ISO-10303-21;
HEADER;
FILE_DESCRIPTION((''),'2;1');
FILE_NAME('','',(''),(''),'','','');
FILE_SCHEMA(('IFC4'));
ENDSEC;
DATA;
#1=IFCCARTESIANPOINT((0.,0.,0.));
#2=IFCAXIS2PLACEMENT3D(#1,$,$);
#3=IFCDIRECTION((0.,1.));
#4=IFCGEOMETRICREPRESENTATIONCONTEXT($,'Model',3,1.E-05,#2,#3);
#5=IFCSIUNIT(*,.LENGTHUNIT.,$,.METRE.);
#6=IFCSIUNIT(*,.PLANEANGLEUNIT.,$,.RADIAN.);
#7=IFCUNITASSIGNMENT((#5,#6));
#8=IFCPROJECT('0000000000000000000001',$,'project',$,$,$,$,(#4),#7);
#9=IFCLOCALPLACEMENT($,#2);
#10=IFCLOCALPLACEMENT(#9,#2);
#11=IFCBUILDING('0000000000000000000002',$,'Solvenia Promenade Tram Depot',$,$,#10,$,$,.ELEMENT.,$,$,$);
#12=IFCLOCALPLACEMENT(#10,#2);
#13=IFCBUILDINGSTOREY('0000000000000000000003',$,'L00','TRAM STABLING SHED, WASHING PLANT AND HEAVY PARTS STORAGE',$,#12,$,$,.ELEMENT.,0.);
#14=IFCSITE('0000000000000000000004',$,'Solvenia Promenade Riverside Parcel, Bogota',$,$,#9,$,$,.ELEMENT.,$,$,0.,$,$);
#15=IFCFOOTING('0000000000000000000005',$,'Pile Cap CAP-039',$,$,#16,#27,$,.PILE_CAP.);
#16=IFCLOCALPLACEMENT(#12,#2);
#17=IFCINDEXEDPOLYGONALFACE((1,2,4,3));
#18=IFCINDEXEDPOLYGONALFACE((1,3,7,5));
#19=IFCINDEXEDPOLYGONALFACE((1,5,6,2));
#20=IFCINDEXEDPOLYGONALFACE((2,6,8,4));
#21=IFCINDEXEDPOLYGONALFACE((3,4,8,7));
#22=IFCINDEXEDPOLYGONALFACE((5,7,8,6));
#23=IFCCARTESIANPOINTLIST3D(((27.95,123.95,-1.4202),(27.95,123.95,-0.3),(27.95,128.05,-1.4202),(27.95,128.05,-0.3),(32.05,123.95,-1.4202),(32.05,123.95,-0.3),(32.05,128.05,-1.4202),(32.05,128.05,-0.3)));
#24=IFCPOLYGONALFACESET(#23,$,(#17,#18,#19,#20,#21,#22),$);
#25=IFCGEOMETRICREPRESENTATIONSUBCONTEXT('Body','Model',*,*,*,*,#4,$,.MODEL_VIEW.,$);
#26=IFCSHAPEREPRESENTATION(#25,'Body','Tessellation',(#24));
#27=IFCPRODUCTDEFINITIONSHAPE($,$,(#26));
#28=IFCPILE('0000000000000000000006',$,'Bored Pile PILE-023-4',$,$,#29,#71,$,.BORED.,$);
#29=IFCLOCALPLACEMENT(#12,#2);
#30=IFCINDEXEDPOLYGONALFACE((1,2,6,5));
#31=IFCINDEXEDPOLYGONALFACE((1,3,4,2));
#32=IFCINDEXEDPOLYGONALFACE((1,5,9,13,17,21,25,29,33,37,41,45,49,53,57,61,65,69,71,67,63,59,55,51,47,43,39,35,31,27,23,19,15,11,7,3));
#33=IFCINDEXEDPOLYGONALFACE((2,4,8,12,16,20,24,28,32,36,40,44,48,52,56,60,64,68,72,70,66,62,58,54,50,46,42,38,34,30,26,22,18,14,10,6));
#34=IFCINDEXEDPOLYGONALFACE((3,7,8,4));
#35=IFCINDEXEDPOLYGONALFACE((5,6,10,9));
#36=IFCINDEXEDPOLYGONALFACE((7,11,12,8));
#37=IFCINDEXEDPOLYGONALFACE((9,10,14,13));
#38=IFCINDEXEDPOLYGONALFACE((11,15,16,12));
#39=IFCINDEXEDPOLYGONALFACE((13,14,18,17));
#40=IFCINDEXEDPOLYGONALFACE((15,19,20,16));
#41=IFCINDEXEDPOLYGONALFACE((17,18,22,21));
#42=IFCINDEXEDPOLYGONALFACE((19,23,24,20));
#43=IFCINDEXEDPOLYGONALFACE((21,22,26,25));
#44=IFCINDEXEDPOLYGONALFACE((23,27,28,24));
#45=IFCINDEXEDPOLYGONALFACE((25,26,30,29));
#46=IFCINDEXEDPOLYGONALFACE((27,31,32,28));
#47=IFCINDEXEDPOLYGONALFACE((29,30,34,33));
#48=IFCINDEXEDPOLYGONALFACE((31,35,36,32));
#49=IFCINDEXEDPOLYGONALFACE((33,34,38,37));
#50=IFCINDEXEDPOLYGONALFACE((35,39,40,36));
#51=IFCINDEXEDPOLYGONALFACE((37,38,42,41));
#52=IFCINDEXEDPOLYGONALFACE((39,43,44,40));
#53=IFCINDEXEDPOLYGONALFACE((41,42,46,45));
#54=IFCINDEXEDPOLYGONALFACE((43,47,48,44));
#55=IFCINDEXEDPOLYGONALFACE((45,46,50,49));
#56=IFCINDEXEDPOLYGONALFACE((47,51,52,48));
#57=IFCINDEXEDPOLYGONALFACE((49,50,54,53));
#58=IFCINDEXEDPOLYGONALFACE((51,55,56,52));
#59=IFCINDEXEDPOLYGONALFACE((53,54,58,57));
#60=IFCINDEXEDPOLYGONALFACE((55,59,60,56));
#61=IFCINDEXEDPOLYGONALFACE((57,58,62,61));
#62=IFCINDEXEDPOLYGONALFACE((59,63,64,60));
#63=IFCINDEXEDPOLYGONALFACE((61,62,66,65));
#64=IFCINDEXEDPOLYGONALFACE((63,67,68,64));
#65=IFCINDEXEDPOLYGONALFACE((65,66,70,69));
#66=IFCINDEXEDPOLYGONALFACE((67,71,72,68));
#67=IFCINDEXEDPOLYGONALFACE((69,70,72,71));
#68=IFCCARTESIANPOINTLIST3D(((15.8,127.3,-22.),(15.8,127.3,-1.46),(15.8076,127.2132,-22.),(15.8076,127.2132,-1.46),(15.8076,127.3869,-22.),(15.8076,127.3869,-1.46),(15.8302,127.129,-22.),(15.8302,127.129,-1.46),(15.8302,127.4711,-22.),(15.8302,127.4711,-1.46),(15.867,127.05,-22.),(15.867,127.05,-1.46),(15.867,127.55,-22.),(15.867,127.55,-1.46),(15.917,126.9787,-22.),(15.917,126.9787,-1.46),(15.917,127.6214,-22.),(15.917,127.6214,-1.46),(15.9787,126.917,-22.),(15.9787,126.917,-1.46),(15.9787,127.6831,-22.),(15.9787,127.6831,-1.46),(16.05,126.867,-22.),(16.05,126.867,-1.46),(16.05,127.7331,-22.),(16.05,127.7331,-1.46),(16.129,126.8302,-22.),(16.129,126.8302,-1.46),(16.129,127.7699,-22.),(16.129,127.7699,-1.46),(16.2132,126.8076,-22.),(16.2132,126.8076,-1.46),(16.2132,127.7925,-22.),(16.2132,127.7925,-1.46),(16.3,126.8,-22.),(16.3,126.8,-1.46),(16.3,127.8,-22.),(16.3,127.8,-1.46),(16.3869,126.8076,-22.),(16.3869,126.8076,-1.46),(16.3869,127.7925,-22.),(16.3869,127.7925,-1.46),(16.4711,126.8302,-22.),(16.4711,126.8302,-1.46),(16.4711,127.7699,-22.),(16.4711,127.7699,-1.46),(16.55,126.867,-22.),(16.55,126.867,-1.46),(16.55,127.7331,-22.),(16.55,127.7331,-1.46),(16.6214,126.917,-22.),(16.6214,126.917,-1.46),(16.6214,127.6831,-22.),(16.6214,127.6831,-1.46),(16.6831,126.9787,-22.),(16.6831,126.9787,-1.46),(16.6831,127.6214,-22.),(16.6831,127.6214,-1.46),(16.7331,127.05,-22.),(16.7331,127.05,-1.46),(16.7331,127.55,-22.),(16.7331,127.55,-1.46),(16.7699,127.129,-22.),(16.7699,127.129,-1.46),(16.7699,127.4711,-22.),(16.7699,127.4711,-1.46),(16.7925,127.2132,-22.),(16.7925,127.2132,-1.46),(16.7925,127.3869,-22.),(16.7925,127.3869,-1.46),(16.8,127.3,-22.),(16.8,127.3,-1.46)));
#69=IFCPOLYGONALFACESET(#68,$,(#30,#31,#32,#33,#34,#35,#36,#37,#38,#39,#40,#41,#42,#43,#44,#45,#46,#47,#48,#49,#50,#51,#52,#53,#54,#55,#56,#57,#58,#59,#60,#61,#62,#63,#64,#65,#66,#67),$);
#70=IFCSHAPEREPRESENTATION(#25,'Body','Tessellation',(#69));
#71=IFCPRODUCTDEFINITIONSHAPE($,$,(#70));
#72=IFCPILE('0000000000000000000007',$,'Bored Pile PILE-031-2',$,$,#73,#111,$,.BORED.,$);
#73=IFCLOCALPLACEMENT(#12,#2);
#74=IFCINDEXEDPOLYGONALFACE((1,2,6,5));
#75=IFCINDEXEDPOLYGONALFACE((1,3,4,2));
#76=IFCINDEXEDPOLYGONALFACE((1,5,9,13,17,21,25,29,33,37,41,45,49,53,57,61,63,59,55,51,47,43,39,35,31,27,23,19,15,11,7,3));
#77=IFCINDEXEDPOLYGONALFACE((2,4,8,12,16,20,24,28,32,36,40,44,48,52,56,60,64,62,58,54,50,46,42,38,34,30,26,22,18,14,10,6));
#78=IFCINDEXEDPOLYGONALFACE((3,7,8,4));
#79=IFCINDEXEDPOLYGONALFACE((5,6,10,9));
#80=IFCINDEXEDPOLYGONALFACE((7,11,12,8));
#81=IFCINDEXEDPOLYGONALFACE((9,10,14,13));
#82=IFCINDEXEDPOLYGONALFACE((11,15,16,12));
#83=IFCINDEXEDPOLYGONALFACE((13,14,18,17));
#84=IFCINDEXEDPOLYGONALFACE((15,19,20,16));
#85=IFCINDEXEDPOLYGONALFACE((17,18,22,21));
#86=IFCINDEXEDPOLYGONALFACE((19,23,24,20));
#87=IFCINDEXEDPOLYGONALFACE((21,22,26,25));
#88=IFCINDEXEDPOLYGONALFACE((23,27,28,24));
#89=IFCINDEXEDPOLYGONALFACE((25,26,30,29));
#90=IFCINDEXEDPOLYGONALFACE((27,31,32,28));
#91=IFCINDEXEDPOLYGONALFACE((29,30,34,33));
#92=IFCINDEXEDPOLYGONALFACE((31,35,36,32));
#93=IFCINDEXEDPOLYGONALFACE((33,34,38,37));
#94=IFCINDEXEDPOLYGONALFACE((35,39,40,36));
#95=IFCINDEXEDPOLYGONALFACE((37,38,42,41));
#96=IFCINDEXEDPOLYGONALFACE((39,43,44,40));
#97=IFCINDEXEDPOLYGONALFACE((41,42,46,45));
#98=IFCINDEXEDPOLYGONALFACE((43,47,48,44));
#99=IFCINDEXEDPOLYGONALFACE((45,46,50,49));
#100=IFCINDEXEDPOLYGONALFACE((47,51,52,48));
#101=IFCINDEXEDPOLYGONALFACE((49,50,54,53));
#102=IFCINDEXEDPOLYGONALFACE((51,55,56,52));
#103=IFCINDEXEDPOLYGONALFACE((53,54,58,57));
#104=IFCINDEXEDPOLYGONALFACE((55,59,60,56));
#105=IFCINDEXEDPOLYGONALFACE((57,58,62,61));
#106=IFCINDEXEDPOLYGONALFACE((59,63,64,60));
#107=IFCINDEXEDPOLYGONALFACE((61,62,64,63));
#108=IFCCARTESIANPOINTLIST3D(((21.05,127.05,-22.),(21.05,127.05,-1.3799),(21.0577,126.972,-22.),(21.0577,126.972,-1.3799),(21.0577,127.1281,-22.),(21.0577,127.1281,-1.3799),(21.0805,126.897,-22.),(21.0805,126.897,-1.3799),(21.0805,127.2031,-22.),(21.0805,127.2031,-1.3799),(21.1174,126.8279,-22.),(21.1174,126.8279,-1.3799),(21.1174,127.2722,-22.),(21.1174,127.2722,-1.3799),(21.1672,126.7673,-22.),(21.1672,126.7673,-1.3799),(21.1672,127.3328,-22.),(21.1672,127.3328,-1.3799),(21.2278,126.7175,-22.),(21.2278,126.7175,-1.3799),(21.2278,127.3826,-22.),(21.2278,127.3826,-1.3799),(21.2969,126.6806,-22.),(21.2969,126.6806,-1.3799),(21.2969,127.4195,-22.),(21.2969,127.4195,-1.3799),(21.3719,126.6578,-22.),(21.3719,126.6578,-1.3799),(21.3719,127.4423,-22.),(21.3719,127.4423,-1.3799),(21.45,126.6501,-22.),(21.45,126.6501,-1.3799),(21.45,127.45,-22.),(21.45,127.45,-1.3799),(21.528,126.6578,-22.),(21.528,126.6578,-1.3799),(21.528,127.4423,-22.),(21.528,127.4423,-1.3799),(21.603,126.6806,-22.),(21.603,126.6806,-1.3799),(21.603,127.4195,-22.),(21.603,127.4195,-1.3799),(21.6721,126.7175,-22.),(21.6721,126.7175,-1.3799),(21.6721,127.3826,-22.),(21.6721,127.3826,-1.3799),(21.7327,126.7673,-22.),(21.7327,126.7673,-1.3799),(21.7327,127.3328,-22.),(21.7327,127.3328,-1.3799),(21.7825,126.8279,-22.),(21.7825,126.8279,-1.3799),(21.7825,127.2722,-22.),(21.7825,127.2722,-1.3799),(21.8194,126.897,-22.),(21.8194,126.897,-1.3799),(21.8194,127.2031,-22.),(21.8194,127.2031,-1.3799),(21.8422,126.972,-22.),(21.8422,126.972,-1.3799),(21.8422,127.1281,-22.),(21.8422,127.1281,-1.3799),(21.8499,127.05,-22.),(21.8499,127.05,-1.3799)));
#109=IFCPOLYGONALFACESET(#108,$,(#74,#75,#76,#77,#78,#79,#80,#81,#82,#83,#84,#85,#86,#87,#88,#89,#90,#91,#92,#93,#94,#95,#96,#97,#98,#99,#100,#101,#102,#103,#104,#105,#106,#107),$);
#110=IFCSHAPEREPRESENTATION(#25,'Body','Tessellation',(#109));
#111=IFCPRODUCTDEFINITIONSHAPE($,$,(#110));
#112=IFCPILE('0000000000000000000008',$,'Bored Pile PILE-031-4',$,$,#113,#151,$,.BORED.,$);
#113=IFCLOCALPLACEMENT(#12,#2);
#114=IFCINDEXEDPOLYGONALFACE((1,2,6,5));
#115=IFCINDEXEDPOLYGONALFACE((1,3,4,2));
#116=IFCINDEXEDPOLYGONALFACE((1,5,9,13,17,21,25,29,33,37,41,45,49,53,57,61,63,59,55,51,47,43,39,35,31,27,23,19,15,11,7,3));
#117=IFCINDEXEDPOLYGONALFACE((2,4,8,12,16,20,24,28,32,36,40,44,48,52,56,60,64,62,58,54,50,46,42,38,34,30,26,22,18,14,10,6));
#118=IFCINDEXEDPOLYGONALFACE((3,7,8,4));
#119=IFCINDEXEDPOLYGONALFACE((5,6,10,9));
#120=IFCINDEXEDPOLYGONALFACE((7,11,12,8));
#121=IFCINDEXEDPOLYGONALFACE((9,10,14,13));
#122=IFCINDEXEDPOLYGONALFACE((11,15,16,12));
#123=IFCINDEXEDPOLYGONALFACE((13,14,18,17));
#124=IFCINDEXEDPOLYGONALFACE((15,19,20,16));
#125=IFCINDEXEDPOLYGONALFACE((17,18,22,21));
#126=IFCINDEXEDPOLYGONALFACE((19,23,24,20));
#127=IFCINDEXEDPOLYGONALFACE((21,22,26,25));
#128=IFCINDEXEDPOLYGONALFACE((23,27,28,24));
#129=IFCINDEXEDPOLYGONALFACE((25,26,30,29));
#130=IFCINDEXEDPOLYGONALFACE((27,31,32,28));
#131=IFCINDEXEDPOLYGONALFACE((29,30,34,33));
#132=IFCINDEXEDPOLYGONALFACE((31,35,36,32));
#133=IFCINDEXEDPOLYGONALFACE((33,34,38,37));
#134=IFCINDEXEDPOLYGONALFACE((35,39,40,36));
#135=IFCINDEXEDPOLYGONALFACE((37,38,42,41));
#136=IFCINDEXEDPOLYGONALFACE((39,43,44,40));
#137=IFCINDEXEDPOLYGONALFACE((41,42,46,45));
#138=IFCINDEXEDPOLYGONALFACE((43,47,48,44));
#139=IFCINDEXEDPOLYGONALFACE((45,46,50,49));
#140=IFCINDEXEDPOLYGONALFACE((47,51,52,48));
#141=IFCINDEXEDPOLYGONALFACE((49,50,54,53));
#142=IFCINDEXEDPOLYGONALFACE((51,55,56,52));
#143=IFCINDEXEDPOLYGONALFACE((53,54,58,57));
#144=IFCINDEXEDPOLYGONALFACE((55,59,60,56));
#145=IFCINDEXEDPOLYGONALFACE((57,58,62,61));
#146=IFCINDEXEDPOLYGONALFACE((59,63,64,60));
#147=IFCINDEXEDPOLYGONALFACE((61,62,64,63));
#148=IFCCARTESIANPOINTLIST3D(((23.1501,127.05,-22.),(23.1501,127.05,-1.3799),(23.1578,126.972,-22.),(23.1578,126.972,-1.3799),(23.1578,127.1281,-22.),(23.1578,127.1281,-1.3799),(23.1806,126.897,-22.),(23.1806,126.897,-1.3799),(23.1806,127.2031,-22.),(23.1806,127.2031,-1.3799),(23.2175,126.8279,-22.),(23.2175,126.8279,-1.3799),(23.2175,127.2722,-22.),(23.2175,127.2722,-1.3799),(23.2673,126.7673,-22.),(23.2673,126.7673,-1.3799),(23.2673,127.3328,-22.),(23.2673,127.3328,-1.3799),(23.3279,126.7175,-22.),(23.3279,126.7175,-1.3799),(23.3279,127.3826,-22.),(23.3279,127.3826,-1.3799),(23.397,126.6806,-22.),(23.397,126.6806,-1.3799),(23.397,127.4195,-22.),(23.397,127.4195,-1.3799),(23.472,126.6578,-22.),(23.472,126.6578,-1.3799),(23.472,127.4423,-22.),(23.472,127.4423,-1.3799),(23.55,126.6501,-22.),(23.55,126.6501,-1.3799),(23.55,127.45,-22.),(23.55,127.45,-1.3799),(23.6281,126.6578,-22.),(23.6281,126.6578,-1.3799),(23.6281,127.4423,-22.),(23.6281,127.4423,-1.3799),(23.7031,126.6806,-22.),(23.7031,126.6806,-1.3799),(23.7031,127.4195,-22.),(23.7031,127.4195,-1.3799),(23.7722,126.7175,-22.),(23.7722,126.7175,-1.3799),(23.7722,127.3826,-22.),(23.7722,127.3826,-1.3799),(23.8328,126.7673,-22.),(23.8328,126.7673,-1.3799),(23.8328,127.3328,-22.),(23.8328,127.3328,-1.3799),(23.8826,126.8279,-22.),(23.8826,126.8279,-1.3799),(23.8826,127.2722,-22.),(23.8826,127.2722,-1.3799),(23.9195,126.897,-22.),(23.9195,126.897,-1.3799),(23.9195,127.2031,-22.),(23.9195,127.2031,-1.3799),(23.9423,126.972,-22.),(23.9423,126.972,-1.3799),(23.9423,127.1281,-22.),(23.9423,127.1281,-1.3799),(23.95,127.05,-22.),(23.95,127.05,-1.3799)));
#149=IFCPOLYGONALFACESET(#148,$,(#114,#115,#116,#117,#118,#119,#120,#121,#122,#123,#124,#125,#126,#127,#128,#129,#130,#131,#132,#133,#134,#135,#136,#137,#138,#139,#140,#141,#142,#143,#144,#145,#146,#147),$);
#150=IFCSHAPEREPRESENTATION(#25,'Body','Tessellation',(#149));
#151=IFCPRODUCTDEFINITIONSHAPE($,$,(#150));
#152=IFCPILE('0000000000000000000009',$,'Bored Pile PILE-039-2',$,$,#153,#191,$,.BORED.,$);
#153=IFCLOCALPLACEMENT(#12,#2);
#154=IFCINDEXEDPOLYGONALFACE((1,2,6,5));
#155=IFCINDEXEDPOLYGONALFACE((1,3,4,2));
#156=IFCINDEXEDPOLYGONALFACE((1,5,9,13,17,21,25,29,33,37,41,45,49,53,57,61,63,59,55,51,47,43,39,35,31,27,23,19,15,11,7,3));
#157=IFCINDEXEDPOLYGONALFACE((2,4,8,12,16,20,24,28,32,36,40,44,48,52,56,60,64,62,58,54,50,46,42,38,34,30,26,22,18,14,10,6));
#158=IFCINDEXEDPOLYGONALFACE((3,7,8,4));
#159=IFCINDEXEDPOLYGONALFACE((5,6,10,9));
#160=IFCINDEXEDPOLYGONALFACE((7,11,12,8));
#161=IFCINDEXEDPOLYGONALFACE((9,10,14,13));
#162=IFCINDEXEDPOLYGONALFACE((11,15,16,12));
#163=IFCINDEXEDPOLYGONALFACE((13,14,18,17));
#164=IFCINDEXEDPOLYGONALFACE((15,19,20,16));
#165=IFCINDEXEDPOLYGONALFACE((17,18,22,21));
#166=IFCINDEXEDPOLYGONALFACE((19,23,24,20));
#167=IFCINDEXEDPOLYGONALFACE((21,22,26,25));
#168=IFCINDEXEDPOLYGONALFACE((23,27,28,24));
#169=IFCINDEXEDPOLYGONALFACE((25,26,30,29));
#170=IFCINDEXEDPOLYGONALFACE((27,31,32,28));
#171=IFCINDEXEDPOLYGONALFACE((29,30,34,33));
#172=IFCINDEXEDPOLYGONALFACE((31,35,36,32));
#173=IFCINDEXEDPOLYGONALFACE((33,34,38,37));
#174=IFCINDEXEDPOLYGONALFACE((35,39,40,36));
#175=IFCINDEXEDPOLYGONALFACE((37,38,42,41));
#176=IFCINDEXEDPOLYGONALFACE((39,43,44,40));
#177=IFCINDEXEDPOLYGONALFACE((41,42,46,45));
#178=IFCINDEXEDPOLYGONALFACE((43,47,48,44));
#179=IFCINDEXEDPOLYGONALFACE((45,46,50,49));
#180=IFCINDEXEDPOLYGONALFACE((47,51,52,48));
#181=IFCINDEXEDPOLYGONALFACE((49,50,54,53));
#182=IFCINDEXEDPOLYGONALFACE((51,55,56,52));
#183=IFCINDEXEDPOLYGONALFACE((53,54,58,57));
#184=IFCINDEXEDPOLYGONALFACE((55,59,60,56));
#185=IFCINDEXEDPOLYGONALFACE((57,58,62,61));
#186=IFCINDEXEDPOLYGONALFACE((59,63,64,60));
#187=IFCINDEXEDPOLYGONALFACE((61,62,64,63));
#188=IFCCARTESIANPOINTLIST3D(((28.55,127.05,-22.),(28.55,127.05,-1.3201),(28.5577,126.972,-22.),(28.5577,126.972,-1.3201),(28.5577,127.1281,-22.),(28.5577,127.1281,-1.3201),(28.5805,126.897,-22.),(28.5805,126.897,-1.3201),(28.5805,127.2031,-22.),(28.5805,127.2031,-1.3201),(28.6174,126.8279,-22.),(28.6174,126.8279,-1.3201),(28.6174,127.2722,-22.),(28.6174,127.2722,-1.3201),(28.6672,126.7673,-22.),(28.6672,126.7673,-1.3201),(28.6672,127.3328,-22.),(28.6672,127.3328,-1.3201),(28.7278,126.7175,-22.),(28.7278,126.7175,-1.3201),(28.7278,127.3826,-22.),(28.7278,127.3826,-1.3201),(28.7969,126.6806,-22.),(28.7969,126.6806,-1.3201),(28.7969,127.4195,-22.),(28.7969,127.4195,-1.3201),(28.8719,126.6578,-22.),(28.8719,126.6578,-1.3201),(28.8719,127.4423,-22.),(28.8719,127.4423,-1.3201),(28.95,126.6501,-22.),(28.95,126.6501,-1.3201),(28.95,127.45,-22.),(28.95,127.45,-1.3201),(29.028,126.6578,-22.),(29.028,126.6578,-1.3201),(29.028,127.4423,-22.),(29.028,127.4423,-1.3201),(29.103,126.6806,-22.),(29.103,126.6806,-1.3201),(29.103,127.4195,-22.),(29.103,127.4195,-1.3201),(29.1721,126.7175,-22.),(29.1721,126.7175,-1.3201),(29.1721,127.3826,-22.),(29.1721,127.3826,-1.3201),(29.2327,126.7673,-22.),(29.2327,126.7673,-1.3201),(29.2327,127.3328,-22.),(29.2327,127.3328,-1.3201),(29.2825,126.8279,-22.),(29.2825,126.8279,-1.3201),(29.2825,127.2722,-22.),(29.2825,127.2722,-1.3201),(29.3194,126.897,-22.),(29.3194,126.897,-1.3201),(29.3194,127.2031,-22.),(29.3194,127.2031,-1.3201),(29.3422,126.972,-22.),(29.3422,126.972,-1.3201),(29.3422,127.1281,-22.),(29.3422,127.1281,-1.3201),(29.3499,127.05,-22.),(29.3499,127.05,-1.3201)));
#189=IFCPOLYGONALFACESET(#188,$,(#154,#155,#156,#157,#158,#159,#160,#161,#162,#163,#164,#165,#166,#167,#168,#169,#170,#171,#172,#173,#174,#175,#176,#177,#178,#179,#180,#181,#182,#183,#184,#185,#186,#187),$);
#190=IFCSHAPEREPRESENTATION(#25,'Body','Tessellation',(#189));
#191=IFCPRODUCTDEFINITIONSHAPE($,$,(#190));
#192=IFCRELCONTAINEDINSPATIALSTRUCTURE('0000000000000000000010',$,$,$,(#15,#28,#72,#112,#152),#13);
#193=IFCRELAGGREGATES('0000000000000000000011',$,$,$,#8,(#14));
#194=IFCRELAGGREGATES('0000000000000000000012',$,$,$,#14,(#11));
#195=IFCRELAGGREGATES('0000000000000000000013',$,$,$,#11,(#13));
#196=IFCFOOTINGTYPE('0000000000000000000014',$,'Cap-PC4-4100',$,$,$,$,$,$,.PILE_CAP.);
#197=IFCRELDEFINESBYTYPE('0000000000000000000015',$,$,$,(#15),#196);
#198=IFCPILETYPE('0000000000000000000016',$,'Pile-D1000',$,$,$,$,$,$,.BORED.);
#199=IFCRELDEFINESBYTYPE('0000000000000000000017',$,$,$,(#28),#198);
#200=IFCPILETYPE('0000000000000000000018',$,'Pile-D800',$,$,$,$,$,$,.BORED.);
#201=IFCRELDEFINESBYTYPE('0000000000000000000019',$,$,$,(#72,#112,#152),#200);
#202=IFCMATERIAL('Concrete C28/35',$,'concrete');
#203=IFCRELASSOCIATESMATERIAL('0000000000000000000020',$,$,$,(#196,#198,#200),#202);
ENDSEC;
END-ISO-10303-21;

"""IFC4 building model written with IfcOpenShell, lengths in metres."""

from ifc_helpers import new_model, si_unit, direction, frame, origin, origin_2d, place, context, subcontext, project, spatial, rectangle, circle, extrude, material, material_profile, profile_set, type_object, element, save


model = new_model("IFC4")

# Units and contexts
model_context = context("Model", 3, precision=1e-05, world=origin(), true_north=direction((0.0, 1.0)))
body_context = subcontext(model_context, "Body", "Model", "MODEL_VIEW")
ifc_project = project(units=[si_unit("LENGTHUNIT", "METRE"), si_unit("PLANEANGLEUNIT", "RADIAN")], contexts=[model_context])

# Site, building, storey
site_placement = place(None, origin())
site = spatial("IfcSite", under=ifc_project, at=site_placement, Name="Solvenia Promenade Riverside Parcel, Bogota", CompositionType="ELEMENT", RefElevation=0.0)
building_placement = place(site_placement, origin())
building = spatial("IfcBuilding", under=site, at=building_placement, Name="Solvenia Promenade Tram Depot", CompositionType="ELEMENT")
storey_placement = place(building_placement, origin())
storey = spatial("IfcBuildingStorey", under=building, at=storey_placement, Name="L00", Description="TRAM STABLING SHED, WASHING PLANT AND HEAVY PARTS STORAGE", CompositionType="ELEMENT", Elevation=0.0)

# Footing
ifc_material_1 = material(Name="Concrete C28/35", Category="concrete")
footing_type = type_object("IfcFootingType", Name="Cap-PC4-4100", PredefinedType="PILE_CAP", material=ifc_material_1)
footing_placement = place(storey_placement, frame((30.0, 126.0, -1.4202), z_axis=(0.0, 0.0, 1.0), x_axis=(1.0, 0.0, 0.0)))
element("IfcFooting", 1, at=footing_placement, inside=storey, type_object=footing_type, Name="Pile Cap CAP-039", PredefinedType="PILE_CAP", context=body_context, shape_type="SweptSolid", body=[
    extrude(rectangle(XDim=4.1001, YDim=4.1001, at=origin_2d()), origin(), (0.0, 0.0, 1.0), 1.1201),
])

# Piles
ifc_material_profile_1 = material_profile(ifc_material_1, circle(Radius=0.5, at=origin_2d()), Name="D1000", Category="concrete")
ifc_profile_set_1 = profile_set([ifc_material_profile_1], Name="Concrete C28/35")
pile_type_1 = type_object("IfcPileType", Name="Pile-D1000", PredefinedType="BORED", material=ifc_profile_set_1)
pile_1_placement = place(storey_placement, frame((16.3, 127.3, -1.46), z_axis=(0.0, 0.0, -1.0), x_axis=(1.0, 0.0, 0.0)))
element("IfcPile", 2, at=pile_1_placement, inside=storey, type_object=pile_type_1, Name="Bored Pile PILE-023-4", PredefinedType="BORED", context=body_context, shape_type="SweptSolid", body=[
    extrude(circle(Radius=0.5, at=origin_2d()), origin(), (0.0, 0.0, 1.0), 20.54),
])
ifc_material_profile_2 = material_profile(ifc_material_1, circle(Radius=0.3999, at=origin_2d()), Name="D800", Category="concrete")
ifc_profile_set_2 = profile_set([ifc_material_profile_2], Name="Concrete C28/35")
pile_type_2 = type_object("IfcPileType", Name="Pile-D800", PredefinedType="BORED", material=ifc_profile_set_2)
for number, where, z_axis, x_axis, name in (
    (3, (21.45, 127.05, -1.3799), (0.0, 0.0, -1.0), (1.0, 0.0, 0.0), "Bored Pile PILE-031-2"),
    (4, (23.55, 127.05, -1.3799), (0.0, 0.0, -1.0), (1.0, 0.0, 0.0), "Bored Pile PILE-031-4"),
):
    element("IfcPile", number, at=place(storey_placement, frame(where, z_axis=z_axis, x_axis=x_axis)), inside=storey, type_object=pile_type_2, Name=name, PredefinedType="BORED", context=body_context, shape_type="SweptSolid", body=[
        extrude(circle(Radius=0.3999, at=origin_2d()), origin(), (0.0, 0.0, 1.0), 20.6201),
    ])
pile_2_placement = place(storey_placement, frame((28.95, 127.05, -1.3201), z_axis=(0.0, 0.0, -1.0), x_axis=(1.0, 0.0, 0.0)))
element("IfcPile", 5, at=pile_2_placement, inside=storey, type_object=pile_type_2, Name="Bored Pile PILE-039-2", PredefinedType="BORED", context=body_context, shape_type="SweptSolid", body=[
    extrude(circle(Radius=0.3999, at=origin_2d()), origin(), (0.0, 0.0, 1.0), 20.6799),
])

save(model, "model.ifc")
